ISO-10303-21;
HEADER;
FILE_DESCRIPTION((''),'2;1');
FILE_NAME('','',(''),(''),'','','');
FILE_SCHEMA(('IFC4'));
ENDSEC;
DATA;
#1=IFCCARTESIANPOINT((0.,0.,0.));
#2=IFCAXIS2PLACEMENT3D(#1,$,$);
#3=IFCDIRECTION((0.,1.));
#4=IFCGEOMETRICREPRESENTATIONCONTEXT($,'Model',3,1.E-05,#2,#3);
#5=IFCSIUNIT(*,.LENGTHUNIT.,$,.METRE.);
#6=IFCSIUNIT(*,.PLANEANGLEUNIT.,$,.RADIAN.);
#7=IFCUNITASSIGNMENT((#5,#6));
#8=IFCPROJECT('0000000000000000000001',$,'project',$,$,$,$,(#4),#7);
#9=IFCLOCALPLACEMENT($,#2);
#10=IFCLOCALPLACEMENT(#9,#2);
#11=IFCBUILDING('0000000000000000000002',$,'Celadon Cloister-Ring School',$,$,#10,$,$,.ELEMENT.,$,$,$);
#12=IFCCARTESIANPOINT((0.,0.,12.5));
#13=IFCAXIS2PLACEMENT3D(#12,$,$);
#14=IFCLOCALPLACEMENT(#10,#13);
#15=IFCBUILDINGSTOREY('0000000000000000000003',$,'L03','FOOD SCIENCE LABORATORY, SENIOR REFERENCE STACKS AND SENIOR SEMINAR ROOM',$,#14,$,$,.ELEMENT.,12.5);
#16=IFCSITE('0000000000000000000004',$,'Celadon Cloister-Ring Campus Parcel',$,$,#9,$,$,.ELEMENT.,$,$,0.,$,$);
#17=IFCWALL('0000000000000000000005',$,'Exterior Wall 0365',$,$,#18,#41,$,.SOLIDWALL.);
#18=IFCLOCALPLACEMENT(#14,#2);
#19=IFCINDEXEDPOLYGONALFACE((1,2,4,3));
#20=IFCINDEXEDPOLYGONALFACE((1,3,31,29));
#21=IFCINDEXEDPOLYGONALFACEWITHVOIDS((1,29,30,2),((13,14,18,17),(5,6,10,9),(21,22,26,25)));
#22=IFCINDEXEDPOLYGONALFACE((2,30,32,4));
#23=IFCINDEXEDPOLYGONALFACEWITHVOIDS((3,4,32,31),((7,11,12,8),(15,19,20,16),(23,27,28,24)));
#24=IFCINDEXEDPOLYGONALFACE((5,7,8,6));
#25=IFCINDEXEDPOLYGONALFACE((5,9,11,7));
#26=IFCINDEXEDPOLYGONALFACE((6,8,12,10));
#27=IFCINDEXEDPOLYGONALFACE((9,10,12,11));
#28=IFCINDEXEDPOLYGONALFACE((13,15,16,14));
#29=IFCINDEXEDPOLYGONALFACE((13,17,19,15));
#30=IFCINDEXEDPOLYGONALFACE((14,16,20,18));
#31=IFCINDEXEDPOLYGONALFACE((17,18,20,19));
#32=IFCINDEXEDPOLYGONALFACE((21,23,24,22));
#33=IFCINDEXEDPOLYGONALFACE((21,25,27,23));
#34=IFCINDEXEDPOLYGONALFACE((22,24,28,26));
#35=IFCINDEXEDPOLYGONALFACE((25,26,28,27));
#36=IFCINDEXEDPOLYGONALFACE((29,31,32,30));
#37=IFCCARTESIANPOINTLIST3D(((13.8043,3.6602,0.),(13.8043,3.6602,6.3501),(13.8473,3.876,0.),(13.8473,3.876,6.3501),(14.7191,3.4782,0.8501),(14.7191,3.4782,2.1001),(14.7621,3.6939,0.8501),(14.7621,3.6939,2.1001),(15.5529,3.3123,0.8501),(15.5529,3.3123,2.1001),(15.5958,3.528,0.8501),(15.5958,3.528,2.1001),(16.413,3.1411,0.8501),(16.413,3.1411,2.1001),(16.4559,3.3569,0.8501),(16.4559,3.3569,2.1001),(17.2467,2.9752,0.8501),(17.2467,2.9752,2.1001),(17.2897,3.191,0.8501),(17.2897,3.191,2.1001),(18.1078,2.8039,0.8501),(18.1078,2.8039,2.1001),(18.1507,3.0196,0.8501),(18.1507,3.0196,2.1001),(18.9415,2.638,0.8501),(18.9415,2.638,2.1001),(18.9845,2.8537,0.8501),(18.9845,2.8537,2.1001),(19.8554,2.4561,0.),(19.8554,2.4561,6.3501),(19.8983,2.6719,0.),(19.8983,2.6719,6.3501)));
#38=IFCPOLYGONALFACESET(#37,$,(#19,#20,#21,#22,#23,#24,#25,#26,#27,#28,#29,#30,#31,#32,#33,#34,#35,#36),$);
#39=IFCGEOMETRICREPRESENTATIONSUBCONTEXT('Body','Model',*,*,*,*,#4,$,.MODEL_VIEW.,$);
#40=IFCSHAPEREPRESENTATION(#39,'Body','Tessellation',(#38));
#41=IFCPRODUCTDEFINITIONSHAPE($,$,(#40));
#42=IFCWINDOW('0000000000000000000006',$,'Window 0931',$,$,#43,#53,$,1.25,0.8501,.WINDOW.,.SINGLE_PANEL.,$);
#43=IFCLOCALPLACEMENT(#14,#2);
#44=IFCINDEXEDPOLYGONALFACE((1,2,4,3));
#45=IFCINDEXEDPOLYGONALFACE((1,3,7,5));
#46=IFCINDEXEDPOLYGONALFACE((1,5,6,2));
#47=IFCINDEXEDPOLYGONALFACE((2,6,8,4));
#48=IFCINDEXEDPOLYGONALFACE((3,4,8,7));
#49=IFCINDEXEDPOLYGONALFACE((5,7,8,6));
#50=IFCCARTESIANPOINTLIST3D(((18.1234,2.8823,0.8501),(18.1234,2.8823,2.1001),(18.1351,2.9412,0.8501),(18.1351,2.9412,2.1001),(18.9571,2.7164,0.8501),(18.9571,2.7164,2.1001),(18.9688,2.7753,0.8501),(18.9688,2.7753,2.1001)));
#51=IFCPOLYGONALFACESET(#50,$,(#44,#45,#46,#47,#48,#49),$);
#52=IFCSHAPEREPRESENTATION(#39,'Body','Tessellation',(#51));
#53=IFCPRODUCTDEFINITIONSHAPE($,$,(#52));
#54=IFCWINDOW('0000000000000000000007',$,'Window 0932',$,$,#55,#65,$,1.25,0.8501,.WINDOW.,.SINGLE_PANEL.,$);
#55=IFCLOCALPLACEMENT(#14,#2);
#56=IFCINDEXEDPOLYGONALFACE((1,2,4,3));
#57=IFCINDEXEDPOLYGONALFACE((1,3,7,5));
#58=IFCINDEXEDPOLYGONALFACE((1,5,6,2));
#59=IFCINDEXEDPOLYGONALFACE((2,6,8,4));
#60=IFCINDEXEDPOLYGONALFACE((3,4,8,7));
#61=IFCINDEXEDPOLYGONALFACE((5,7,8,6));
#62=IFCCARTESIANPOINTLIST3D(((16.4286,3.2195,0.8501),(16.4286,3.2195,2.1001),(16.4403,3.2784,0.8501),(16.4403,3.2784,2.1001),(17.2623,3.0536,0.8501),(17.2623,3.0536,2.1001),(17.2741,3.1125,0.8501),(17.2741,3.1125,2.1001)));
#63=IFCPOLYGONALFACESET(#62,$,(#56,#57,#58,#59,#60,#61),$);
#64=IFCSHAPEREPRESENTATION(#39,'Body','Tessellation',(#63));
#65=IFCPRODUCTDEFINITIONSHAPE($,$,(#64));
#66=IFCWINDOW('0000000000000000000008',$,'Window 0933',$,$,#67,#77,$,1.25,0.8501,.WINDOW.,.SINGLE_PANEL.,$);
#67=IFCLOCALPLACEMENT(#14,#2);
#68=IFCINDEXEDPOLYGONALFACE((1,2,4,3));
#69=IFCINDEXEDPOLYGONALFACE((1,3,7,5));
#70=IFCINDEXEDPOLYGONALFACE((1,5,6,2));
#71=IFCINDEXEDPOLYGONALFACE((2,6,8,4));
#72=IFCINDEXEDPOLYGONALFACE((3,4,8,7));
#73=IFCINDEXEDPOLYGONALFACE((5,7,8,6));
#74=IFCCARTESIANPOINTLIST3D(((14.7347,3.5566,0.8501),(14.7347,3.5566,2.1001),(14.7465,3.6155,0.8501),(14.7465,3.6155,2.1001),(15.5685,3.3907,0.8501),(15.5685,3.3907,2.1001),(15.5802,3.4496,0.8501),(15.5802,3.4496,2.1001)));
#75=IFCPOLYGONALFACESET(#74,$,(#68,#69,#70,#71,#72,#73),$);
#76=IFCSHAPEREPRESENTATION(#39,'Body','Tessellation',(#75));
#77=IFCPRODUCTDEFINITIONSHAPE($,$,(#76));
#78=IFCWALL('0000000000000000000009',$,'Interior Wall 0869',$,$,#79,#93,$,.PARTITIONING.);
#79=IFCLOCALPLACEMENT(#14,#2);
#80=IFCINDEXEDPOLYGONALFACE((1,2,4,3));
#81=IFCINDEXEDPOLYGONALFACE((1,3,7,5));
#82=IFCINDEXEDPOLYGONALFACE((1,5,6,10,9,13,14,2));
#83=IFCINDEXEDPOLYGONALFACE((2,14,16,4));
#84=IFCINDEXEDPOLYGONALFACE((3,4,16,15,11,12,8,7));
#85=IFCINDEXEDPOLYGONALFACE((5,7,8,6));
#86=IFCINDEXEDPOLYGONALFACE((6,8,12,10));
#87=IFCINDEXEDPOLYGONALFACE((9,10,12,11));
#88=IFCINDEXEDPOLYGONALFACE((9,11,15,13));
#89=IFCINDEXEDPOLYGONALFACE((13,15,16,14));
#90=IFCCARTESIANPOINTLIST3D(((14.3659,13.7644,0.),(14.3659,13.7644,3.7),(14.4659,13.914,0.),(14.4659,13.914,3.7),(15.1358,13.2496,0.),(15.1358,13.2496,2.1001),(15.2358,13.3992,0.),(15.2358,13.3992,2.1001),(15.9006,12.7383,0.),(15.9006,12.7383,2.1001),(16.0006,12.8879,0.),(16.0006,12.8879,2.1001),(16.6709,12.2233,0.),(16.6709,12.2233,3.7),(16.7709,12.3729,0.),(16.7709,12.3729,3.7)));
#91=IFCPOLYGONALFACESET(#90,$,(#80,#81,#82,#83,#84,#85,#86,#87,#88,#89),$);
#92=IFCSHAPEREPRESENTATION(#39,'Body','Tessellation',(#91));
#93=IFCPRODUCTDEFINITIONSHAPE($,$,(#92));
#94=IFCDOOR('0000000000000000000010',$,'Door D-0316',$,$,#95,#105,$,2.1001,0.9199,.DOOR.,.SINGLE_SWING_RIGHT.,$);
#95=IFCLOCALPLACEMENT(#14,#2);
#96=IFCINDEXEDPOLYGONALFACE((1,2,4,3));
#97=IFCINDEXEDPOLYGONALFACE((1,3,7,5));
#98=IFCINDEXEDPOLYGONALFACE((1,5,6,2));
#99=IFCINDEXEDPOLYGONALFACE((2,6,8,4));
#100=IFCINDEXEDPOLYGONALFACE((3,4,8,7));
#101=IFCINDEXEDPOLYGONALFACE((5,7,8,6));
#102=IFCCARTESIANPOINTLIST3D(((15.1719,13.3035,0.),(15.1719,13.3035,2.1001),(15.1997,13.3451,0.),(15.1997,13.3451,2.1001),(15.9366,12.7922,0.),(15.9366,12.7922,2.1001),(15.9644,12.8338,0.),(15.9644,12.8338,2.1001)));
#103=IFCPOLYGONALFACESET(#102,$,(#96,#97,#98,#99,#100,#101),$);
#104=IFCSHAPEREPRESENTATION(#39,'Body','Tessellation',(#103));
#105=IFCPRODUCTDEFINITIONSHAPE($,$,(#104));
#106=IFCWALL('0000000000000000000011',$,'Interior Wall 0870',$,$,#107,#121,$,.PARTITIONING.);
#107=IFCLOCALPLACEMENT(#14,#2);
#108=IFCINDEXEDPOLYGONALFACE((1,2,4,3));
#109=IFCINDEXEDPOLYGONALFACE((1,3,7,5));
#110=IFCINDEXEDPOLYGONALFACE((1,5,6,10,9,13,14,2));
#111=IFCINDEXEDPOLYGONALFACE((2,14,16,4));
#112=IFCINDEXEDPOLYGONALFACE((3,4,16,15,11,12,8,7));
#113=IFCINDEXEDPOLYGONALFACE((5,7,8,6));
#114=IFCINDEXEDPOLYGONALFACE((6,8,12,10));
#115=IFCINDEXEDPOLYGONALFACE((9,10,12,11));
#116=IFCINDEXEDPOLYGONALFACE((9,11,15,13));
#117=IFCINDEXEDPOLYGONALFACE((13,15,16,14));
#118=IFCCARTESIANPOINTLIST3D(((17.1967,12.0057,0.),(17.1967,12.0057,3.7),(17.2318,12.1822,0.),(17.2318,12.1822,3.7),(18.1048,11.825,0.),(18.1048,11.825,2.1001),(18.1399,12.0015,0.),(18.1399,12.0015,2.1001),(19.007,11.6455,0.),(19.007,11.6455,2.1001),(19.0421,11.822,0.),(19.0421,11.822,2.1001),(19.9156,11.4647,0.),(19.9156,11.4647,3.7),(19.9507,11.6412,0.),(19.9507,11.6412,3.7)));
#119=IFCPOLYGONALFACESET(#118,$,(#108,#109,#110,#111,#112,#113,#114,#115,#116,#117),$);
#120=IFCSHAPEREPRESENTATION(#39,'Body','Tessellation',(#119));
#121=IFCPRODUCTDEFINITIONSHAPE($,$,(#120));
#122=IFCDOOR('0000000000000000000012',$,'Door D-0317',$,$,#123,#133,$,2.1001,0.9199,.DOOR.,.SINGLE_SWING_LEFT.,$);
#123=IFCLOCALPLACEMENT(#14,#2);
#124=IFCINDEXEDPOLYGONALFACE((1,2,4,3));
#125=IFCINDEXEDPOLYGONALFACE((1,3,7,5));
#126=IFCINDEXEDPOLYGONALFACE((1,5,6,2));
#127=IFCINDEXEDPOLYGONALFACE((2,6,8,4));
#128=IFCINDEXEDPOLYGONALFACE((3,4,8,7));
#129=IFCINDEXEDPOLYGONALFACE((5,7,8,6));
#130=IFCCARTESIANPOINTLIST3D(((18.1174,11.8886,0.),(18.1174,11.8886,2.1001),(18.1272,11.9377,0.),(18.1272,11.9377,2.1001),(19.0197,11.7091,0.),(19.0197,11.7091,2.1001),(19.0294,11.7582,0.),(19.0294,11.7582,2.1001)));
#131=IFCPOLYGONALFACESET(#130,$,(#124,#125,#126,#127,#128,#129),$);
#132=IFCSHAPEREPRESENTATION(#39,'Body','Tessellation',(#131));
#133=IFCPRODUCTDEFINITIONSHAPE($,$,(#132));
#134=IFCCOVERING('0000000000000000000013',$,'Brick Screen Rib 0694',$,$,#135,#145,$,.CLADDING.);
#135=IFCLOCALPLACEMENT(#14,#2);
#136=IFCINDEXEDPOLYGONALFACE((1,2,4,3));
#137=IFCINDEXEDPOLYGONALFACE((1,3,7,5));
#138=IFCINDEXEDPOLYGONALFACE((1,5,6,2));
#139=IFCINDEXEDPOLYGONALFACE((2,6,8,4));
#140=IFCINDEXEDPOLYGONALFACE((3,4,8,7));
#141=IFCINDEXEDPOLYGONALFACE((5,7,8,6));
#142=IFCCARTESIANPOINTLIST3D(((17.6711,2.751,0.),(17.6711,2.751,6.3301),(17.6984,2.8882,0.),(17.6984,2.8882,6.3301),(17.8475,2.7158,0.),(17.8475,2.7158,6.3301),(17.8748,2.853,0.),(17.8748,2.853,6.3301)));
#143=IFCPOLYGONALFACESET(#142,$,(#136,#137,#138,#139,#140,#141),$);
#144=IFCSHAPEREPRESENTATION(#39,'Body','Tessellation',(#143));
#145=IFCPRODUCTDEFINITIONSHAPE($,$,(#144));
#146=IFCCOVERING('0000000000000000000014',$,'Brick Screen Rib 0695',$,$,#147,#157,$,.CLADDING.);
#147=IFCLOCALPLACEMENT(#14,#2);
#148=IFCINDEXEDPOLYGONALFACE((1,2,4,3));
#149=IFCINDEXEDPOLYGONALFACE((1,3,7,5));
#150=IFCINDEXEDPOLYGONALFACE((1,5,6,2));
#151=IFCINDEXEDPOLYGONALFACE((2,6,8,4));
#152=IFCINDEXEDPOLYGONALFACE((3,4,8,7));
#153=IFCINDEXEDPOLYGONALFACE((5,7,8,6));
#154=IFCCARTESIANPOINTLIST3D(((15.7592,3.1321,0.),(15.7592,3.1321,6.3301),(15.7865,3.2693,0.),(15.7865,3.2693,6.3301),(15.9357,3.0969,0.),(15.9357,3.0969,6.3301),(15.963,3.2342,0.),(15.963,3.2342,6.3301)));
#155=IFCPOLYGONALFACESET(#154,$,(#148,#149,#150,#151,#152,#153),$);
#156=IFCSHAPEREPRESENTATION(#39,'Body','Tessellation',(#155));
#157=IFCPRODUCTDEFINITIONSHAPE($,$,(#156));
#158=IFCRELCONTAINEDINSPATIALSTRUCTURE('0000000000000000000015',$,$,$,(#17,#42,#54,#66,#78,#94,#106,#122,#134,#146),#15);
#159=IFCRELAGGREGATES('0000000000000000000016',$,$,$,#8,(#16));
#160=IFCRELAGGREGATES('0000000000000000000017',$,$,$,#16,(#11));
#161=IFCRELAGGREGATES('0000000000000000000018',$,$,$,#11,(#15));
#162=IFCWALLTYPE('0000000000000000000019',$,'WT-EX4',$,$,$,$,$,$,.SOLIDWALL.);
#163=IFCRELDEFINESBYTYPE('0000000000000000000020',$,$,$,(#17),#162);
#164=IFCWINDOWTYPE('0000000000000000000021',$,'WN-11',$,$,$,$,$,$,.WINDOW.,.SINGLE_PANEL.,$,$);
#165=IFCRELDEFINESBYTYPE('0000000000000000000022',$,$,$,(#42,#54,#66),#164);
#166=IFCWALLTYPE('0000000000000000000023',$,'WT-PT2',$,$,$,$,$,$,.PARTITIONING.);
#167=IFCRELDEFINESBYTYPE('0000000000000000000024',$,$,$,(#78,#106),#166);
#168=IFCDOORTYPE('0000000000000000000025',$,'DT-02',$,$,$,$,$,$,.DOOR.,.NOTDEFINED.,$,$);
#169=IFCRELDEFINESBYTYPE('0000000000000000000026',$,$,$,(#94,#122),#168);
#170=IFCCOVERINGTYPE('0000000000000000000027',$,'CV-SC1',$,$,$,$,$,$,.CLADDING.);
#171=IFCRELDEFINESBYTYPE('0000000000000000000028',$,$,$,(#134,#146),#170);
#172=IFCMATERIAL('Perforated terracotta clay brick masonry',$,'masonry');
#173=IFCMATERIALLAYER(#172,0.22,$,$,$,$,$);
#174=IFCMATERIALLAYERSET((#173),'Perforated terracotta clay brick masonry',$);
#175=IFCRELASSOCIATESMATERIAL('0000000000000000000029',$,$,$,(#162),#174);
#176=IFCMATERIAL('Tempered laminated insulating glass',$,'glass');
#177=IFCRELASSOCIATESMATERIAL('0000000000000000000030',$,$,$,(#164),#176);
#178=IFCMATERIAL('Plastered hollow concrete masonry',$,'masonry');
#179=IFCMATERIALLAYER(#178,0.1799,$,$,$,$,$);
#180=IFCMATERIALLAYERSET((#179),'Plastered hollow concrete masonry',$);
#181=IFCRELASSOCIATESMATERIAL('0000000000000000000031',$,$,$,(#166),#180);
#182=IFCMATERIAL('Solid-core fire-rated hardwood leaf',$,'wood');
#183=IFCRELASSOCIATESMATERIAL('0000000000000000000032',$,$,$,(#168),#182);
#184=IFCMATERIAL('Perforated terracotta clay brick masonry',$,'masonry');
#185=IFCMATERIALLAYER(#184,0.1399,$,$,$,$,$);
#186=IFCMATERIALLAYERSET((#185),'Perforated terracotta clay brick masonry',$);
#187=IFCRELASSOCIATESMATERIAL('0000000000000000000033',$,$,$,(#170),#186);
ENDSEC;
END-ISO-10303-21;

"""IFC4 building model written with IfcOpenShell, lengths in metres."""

from ifc_helpers import new_model, si_unit, direction, frame, frame_2d, origin, origin_2d, place, context, subcontext, project, spatial, rectangle, extrude, material, layer, layer_set, type_object, element, fill, save


model = new_model("IFC4")

# Units and contexts
model_context = context("Model", 3, precision=1e-05, world=origin(), true_north=direction((0.0, 1.0)))
body_context = subcontext(model_context, "Body", "Model", "MODEL_VIEW")
ifc_project = project(units=[si_unit("LENGTHUNIT", "METRE"), si_unit("PLANEANGLEUNIT", "RADIAN")], contexts=[model_context])

# Site, building, storey
site_placement = place(None, origin())
site = spatial("IfcSite", under=ifc_project, at=site_placement, Name="Celadon Cloister-Ring Campus Parcel", CompositionType="ELEMENT", RefElevation=0.0)
building_placement = place(site_placement, origin())
building = spatial("IfcBuilding", under=site, at=building_placement, Name="Celadon Cloister-Ring School", CompositionType="ELEMENT")
storey_placement = place(building_placement, frame((0.0, 0.0, 12.5)))
storey = spatial("IfcBuildingStorey", under=building, at=storey_placement, Name="L03", Description="FOOD SCIENCE LABORATORY, SENIOR REFERENCE STACKS AND SENIOR SEMINAR ROOM", CompositionType="ELEMENT", Elevation=12.5)

# Wall, openings, windows
ifc_material_1 = material(Name="Perforated terracotta clay brick masonry", Category="masonry")
ifc_layer_1 = layer(ifc_material_1, 0.22)
ifc_layer_set_1 = layer_set([ifc_layer_1], Name="Perforated terracotta clay brick masonry")
wall_type_1 = type_object("IfcWallType", Name="WT-EX4", PredefinedType="SOLIDWALL", material=ifc_layer_set_1)
ifc_material_2 = material(Name="Tempered laminated insulating glass", Category="glass")
window_type = type_object("IfcWindowType", Name="WN-11", PartitioningType="SINGLE_PANEL", PredefinedType="WINDOW", material=ifc_material_2)
wall_1_placement = place(storey_placement, frame((19.877, 2.564, 0.0), z_axis=(0.0, 0.0, 1.0), x_axis=(-0.98077, 0.195165, 0.0)))
wall_1 = element("IfcWall", 1, at=wall_1_placement, inside=storey, type_object=wall_type_1, Name="Exterior Wall 0365", PredefinedType="SOLIDWALL", context=body_context, shape_type="SweptSolid", body=[
    extrude(rectangle(XDim=6.1697, YDim=0.22, at=frame_2d((3.085, 0.0))), origin(), (0.0, 0.0, 1.0), 6.3501),
])
opening_1_placement = place(wall_1_placement, frame((0.9319, 0.0, 0.8501)))
opening_1 = element("IfcOpeningElement", 2, at=opening_1_placement, cuts=wall_1, PredefinedType="OPENING", context=body_context, shape_type="SweptSolid", body=[
    extrude(rectangle(XDim=0.8501, YDim=1.25, at=frame_2d((0.425, 0.625))), frame((0.0, 0.1201, 0.0), z_axis=(0.0, -1.0, 0.0), x_axis=(1.0, 0.0, 0.0)), (0.0, 0.0, 1.0), 0.24),
])
opening_2_placement = place(wall_1_placement, frame((2.6599, 0.0, 0.8501)))
opening_2 = element("IfcOpeningElement", 3, at=opening_2_placement, cuts=wall_1, PredefinedType="OPENING", context=body_context, shape_type="SweptSolid", body=[
    extrude(rectangle(XDim=0.8501, YDim=1.25, at=frame_2d((0.425, 0.625))), frame((0.0, 0.1201, 0.0), z_axis=(0.0, -1.0, 0.0), x_axis=(1.0, 0.0, 0.0)), (0.0, 0.0, 1.0), 0.24),
])
opening_3_placement = place(wall_1_placement, frame((4.387, 0.0, 0.8501)))
opening_3 = element("IfcOpeningElement", 4, at=opening_3_placement, cuts=wall_1, PredefinedType="OPENING", context=body_context, shape_type="SweptSolid", body=[
    extrude(rectangle(XDim=0.8501, YDim=1.25, at=frame_2d((0.425, 0.625))), frame((0.0, 0.1201, 0.0), z_axis=(0.0, -1.0, 0.0), x_axis=(1.0, 0.0, 0.0)), (0.0, 0.0, 1.0), 0.24),
])
window_1_placement = place(opening_1_placement, origin())
window_1 = element("IfcWindow", 5, at=window_1_placement, inside=storey, type_object=window_type, Name="Window 0931", OverallHeight=1.25, OverallWidth=0.8501, PartitioningType="SINGLE_PANEL", PredefinedType="WINDOW", context=body_context, shape_type="SweptSolid", body=[
    extrude(rectangle(XDim=0.8501, YDim=1.25, at=frame_2d((0.425, 0.625))), frame((0.0, 0.03, 0.0), z_axis=(0.0, -1.0, 0.0), x_axis=(1.0, 0.0, 0.0)), (0.0, 0.0, 1.0), 0.0601),
])
fill(opening_1, window_1)
window_2_placement = place(opening_2_placement, origin())
window_2 = element("IfcWindow", 6, at=window_2_placement, inside=storey, type_object=window_type, Name="Window 0932", OverallHeight=1.25, OverallWidth=0.8501, PartitioningType="SINGLE_PANEL", PredefinedType="WINDOW", context=body_context, shape_type="SweptSolid", body=[
    extrude(rectangle(XDim=0.8501, YDim=1.25, at=frame_2d((0.425, 0.625))), frame((0.0, 0.03, 0.0), z_axis=(0.0, -1.0, 0.0), x_axis=(1.0, 0.0, 0.0)), (0.0, 0.0, 1.0), 0.0601),
])
fill(opening_2, window_2)
window_3_placement = place(opening_3_placement, origin())
window_3 = element("IfcWindow", 7, at=window_3_placement, inside=storey, type_object=window_type, Name="Window 0933", OverallHeight=1.25, OverallWidth=0.8501, PartitioningType="SINGLE_PANEL", PredefinedType="WINDOW", context=body_context, shape_type="SweptSolid", body=[
    extrude(rectangle(XDim=0.8501, YDim=1.25, at=frame_2d((0.425, 0.625))), frame((0.0, 0.03, 0.0), z_axis=(0.0, -1.0, 0.0), x_axis=(1.0, 0.0, 0.0)), (0.0, 0.0, 1.0), 0.0601),
])
fill(opening_3, window_3)

# Walls, openings, doors
ifc_material_3 = material(Name="Plastered hollow concrete masonry", Category="masonry")
ifc_layer_2 = layer(ifc_material_3, 0.1799)
ifc_layer_set_2 = layer_set([ifc_layer_2], Name="Plastered hollow concrete masonry")
wall_type_2 = type_object("IfcWallType", Name="WT-PT2", PredefinedType="PARTITIONING", material=ifc_layer_set_2)
wall_2_placement = place(storey_placement, frame((14.416, 13.8391, 0.0), z_axis=(0.0, 0.0, 1.0), x_axis=(0.831318, -0.555797, 0.0)))
wall_2 = element("IfcWall", 8, at=wall_2_placement, inside=storey, type_object=wall_type_2, Name="Interior Wall 0869", PredefinedType="PARTITIONING", context=body_context, shape_type="SweptSolid", body=[
    extrude(rectangle(XDim=2.7727, YDim=0.1799, at=frame_2d((1.3862, 0.0))), origin(), (0.0, 0.0, 1.0), 3.7),
])
opening_4_placement = place(wall_2_placement, frame((0.926, 0.0, 0.0)))
opening_4 = element("IfcOpeningElement", 9, at=opening_4_placement, cuts=wall_2, PredefinedType="OPENING", context=body_context, shape_type="SweptSolid", body=[
    extrude(rectangle(XDim=0.9199, YDim=2.1001, at=frame_2d((0.46, 1.05))), frame((0.0, 0.1001, 0.0), z_axis=(0.0, -1.0, 0.0), x_axis=(1.0, 0.0, 0.0)), (0.0, 0.0, 1.0), 0.2),
])
ifc_material_4 = material(Name="Solid-core fire-rated hardwood leaf", Category="wood")
door_type = type_object("IfcDoorType", Name="DT-02", OperationType="NOTDEFINED", PredefinedType="DOOR", material=ifc_material_4)
door_1_placement = place(opening_4_placement, origin())
door_1 = element("IfcDoor", 10, at=door_1_placement, inside=storey, type_object=door_type, Name="Door D-0316", OperationType="SINGLE_SWING_RIGHT", OverallHeight=2.1001, OverallWidth=0.9199, PredefinedType="DOOR", context=body_context, shape_type="SweptSolid", body=[
    extrude(rectangle(XDim=0.9199, YDim=2.1001, at=frame_2d((0.46, 1.05))), frame((0.0, 0.0249, 0.0), z_axis=(0.0, -1.0, 0.0), x_axis=(1.0, 0.0, 0.0)), (0.0, 0.0, 1.0), 0.05),
])
fill(opening_4, door_1)
wall_3_placement = place(storey_placement, frame((17.2141, 12.094, 0.0), z_axis=(0.0, 0.0, 1.0), x_axis=(0.980773, -0.195151, 0.0)))
wall_3 = element("IfcWall", 11, at=wall_3_placement, inside=storey, type_object=wall_type_2, Name="Interior Wall 0870", PredefinedType="PARTITIONING", context=body_context, shape_type="SweptSolid", body=[
    extrude(rectangle(XDim=2.7722, YDim=0.1799, at=frame_2d((1.3862, 0.0))), origin(), (0.0, 0.0, 1.0), 3.7),
])
opening_5_placement = place(wall_3_placement, frame((0.926, 0.0, 0.0)))
opening_5 = element("IfcOpeningElement", 12, at=opening_5_placement, cuts=wall_3, PredefinedType="OPENING", context=body_context, shape_type="SweptSolid", body=[
    extrude(rectangle(XDim=0.9199, YDim=2.1001, at=frame_2d((0.46, 1.05))), frame((0.0, 0.1001, 0.0), z_axis=(0.0, -1.0, 0.0), x_axis=(1.0, 0.0, 0.0)), (0.0, 0.0, 1.0), 0.2),
])
door_2_placement = place(opening_5_placement, origin())
door_2 = element("IfcDoor", 13, at=door_2_placement, inside=storey, type_object=door_type, Name="Door D-0317", OperationType="SINGLE_SWING_LEFT", OverallHeight=2.1001, OverallWidth=0.9199, PredefinedType="DOOR", context=body_context, shape_type="SweptSolid", body=[
    extrude(rectangle(XDim=0.9199, YDim=2.1001, at=frame_2d((0.46, 1.05))), frame((0.0, 0.0249, 0.0), z_axis=(0.0, -1.0, 0.0), x_axis=(1.0, 0.0, 0.0)), (0.0, 0.0, 1.0), 0.05),
])
fill(opening_5, door_2)

# Coverings
ifc_material_5 = material(Name="Perforated terracotta clay brick masonry", Category="masonry")
ifc_layer_3 = layer(ifc_material_5, 0.1399)
ifc_layer_set_3 = layer_set([ifc_layer_3], Name="Perforated terracotta clay brick masonry")
covering_type = type_object("IfcCoveringType", Name="CV-SC1", PredefinedType="CLADDING", material=ifc_layer_set_3)
for number, where, z_axis, x_axis, name in (
    (14, (17.7729, 2.802, 0.0), (0.0, 0.0, 1.0), (-0.980775, 0.195142, 0.0), "Brick Screen Rib 0694"),
    (15, (15.8611, 3.1831, 0.0), (0.0, 0.0, 1.0), (-0.980775, 0.195142, 0.0), "Brick Screen Rib 0695"),
):
    element("IfcCovering", number, at=place(storey_placement, frame(where, z_axis=z_axis, x_axis=x_axis)), inside=storey, type_object=covering_type, Name=name, PredefinedType="CLADDING", context=body_context, shape_type="SweptSolid", body=[
        extrude(rectangle(XDim=0.1799, YDim=0.1399, at=origin_2d()), origin(), (0.0, 0.0, 1.0), 6.3301),
    ])

save(model, "model.ifc")
